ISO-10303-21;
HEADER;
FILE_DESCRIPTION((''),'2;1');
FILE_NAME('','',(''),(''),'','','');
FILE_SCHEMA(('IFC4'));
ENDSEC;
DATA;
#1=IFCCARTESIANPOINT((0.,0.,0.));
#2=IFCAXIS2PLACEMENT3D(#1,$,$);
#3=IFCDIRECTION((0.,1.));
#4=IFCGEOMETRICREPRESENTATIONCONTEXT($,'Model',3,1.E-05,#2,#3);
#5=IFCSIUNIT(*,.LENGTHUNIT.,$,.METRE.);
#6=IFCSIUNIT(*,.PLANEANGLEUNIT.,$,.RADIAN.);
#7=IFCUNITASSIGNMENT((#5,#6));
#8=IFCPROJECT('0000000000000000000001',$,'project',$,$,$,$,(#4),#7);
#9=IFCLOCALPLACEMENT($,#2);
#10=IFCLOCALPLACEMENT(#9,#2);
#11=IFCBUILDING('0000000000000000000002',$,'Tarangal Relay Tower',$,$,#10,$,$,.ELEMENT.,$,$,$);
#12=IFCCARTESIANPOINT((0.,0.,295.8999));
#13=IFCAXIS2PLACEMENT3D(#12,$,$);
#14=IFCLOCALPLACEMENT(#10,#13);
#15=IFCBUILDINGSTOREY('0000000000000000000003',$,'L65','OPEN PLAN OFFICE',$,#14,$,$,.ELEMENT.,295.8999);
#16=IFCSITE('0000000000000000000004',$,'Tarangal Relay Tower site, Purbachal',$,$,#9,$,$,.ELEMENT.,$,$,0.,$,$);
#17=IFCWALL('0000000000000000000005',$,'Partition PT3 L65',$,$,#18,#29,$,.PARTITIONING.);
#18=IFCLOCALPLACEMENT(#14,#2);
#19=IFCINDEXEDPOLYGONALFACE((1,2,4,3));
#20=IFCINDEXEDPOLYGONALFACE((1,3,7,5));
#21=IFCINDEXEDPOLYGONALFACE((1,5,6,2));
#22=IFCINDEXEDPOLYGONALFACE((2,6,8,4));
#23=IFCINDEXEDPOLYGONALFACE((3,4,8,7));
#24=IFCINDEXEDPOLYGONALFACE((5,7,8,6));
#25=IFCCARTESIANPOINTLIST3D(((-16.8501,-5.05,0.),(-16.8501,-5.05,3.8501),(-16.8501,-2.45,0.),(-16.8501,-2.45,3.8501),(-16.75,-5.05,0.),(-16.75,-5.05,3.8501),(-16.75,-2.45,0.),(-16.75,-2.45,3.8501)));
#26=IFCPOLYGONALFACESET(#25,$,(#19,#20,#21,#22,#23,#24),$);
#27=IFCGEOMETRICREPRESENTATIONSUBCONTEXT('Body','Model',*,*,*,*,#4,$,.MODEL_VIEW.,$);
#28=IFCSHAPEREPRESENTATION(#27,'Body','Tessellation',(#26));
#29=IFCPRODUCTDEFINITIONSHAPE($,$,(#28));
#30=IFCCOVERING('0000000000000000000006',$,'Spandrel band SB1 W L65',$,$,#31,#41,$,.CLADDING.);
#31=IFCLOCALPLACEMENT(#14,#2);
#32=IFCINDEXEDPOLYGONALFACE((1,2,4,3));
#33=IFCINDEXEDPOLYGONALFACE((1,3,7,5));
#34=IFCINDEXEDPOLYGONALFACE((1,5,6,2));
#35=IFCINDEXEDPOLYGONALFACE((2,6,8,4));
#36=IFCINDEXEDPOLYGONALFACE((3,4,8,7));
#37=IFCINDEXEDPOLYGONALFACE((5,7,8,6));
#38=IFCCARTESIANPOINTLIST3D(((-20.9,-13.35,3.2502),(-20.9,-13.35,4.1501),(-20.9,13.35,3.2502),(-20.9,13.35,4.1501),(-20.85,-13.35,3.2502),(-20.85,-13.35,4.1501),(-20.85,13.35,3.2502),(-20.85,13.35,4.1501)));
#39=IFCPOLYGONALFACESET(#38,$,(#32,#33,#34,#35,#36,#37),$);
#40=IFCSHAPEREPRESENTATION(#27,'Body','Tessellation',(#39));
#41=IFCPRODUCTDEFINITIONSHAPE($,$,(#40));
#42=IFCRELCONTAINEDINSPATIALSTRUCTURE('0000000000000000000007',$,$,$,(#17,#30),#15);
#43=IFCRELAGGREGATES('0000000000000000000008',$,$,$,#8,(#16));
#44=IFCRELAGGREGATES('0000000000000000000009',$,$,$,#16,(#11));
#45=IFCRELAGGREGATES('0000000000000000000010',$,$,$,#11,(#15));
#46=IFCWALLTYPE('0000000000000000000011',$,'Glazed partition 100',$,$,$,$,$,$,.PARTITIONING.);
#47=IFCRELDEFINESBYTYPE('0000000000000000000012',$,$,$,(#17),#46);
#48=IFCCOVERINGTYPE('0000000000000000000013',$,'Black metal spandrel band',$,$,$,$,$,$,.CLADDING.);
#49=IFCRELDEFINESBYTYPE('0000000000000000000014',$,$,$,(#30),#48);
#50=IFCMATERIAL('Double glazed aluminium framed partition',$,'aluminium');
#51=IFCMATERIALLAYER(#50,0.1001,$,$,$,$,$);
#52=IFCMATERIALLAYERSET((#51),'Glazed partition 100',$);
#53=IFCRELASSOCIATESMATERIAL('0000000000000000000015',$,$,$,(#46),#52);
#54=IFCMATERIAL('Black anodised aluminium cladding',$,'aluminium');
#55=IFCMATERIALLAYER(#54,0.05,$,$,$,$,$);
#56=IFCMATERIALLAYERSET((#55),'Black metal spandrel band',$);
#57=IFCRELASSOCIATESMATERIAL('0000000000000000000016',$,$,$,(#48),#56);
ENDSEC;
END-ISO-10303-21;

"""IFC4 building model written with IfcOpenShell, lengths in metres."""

from ifc_helpers import new_model, si_unit, direction, frame, frame_2d, origin, origin_2d, place, context, subcontext, project, spatial, rectangle, extrude, material, layer, layer_set, type_object, element, save


model = new_model("IFC4")

# Units and contexts
model_context = context("Model", 3, precision=1e-05, world=origin(), true_north=direction((0.0, 1.0)))
body_context = subcontext(model_context, "Body", "Model", "MODEL_VIEW")
ifc_project = project(units=[si_unit("LENGTHUNIT", "METRE"), si_unit("PLANEANGLEUNIT", "RADIAN")], contexts=[model_context])

# Site, building, storey
site_placement = place(None, origin())
site = spatial("IfcSite", under=ifc_project, at=site_placement, Name="Tarangal Relay Tower site, Purbachal", CompositionType="ELEMENT", RefElevation=0.0)
building_placement = place(site_placement, origin())
building = spatial("IfcBuilding", under=site, at=building_placement, Name="Tarangal Relay Tower", CompositionType="ELEMENT")
storey_placement = place(building_placement, frame((0.0, 0.0, 295.8999)))
storey = spatial("IfcBuildingStorey", under=building, at=storey_placement, Name="L65", Description="OPEN PLAN OFFICE", CompositionType="ELEMENT", Elevation=295.8999)

# Shared definitions
ifc_material_1 = material(Name="Double glazed aluminium framed partition", Category="aluminium")
ifc_layer_1 = layer(ifc_material_1, 0.1001)
ifc_layer_set_1 = layer_set([ifc_layer_1], Name="Glazed partition 100")
wall_type = type_object("IfcWallType", Name="Glazed partition 100", PredefinedType="PARTITIONING", material=ifc_layer_set_1)

# Wall
wall_1_placement = place(storey_placement, frame((-16.8, -5.05, 0.0), z_axis=(0.0, 0.0, 1.0), x_axis=(0.0, 1.0, 0.0)))
element("IfcWall", 1, at=wall_1_placement, inside=storey, type_object=wall_type, Name="Partition PT3 L65", PredefinedType="PARTITIONING", context=body_context, shape_type="SweptSolid", body=[
    extrude(rectangle(XDim=2.6001, YDim=0.1001, at=frame_2d((1.3, 0.0))), origin(), (0.0, 0.0, 1.0), 3.8501),
])

# Covering
ifc_material_2 = material(Name="Black anodised aluminium cladding", Category="aluminium")
ifc_layer_2 = layer(ifc_material_2, 0.05)
ifc_layer_set_2 = layer_set([ifc_layer_2], Name="Black metal spandrel band")
covering_type = type_object("IfcCoveringType", Name="Black metal spandrel band", PredefinedType="CLADDING", material=ifc_layer_set_2)
covering_placement = place(storey_placement, frame((-20.875, 0.0, 3.2502), z_axis=(0.0, 0.0, 1.0), x_axis=(0.0, 1.0, 0.0)))
element("IfcCovering", 2, at=covering_placement, inside=storey, type_object=covering_type, Name="Spandrel band SB1 W L65", PredefinedType="CLADDING", context=body_context, shape_type="SweptSolid", body=[
    extrude(rectangle(XDim=26.7, YDim=0.05, at=origin_2d()), origin(), (0.0, 0.0, 1.0), 0.8999),
])

save(model, "model.ifc")
